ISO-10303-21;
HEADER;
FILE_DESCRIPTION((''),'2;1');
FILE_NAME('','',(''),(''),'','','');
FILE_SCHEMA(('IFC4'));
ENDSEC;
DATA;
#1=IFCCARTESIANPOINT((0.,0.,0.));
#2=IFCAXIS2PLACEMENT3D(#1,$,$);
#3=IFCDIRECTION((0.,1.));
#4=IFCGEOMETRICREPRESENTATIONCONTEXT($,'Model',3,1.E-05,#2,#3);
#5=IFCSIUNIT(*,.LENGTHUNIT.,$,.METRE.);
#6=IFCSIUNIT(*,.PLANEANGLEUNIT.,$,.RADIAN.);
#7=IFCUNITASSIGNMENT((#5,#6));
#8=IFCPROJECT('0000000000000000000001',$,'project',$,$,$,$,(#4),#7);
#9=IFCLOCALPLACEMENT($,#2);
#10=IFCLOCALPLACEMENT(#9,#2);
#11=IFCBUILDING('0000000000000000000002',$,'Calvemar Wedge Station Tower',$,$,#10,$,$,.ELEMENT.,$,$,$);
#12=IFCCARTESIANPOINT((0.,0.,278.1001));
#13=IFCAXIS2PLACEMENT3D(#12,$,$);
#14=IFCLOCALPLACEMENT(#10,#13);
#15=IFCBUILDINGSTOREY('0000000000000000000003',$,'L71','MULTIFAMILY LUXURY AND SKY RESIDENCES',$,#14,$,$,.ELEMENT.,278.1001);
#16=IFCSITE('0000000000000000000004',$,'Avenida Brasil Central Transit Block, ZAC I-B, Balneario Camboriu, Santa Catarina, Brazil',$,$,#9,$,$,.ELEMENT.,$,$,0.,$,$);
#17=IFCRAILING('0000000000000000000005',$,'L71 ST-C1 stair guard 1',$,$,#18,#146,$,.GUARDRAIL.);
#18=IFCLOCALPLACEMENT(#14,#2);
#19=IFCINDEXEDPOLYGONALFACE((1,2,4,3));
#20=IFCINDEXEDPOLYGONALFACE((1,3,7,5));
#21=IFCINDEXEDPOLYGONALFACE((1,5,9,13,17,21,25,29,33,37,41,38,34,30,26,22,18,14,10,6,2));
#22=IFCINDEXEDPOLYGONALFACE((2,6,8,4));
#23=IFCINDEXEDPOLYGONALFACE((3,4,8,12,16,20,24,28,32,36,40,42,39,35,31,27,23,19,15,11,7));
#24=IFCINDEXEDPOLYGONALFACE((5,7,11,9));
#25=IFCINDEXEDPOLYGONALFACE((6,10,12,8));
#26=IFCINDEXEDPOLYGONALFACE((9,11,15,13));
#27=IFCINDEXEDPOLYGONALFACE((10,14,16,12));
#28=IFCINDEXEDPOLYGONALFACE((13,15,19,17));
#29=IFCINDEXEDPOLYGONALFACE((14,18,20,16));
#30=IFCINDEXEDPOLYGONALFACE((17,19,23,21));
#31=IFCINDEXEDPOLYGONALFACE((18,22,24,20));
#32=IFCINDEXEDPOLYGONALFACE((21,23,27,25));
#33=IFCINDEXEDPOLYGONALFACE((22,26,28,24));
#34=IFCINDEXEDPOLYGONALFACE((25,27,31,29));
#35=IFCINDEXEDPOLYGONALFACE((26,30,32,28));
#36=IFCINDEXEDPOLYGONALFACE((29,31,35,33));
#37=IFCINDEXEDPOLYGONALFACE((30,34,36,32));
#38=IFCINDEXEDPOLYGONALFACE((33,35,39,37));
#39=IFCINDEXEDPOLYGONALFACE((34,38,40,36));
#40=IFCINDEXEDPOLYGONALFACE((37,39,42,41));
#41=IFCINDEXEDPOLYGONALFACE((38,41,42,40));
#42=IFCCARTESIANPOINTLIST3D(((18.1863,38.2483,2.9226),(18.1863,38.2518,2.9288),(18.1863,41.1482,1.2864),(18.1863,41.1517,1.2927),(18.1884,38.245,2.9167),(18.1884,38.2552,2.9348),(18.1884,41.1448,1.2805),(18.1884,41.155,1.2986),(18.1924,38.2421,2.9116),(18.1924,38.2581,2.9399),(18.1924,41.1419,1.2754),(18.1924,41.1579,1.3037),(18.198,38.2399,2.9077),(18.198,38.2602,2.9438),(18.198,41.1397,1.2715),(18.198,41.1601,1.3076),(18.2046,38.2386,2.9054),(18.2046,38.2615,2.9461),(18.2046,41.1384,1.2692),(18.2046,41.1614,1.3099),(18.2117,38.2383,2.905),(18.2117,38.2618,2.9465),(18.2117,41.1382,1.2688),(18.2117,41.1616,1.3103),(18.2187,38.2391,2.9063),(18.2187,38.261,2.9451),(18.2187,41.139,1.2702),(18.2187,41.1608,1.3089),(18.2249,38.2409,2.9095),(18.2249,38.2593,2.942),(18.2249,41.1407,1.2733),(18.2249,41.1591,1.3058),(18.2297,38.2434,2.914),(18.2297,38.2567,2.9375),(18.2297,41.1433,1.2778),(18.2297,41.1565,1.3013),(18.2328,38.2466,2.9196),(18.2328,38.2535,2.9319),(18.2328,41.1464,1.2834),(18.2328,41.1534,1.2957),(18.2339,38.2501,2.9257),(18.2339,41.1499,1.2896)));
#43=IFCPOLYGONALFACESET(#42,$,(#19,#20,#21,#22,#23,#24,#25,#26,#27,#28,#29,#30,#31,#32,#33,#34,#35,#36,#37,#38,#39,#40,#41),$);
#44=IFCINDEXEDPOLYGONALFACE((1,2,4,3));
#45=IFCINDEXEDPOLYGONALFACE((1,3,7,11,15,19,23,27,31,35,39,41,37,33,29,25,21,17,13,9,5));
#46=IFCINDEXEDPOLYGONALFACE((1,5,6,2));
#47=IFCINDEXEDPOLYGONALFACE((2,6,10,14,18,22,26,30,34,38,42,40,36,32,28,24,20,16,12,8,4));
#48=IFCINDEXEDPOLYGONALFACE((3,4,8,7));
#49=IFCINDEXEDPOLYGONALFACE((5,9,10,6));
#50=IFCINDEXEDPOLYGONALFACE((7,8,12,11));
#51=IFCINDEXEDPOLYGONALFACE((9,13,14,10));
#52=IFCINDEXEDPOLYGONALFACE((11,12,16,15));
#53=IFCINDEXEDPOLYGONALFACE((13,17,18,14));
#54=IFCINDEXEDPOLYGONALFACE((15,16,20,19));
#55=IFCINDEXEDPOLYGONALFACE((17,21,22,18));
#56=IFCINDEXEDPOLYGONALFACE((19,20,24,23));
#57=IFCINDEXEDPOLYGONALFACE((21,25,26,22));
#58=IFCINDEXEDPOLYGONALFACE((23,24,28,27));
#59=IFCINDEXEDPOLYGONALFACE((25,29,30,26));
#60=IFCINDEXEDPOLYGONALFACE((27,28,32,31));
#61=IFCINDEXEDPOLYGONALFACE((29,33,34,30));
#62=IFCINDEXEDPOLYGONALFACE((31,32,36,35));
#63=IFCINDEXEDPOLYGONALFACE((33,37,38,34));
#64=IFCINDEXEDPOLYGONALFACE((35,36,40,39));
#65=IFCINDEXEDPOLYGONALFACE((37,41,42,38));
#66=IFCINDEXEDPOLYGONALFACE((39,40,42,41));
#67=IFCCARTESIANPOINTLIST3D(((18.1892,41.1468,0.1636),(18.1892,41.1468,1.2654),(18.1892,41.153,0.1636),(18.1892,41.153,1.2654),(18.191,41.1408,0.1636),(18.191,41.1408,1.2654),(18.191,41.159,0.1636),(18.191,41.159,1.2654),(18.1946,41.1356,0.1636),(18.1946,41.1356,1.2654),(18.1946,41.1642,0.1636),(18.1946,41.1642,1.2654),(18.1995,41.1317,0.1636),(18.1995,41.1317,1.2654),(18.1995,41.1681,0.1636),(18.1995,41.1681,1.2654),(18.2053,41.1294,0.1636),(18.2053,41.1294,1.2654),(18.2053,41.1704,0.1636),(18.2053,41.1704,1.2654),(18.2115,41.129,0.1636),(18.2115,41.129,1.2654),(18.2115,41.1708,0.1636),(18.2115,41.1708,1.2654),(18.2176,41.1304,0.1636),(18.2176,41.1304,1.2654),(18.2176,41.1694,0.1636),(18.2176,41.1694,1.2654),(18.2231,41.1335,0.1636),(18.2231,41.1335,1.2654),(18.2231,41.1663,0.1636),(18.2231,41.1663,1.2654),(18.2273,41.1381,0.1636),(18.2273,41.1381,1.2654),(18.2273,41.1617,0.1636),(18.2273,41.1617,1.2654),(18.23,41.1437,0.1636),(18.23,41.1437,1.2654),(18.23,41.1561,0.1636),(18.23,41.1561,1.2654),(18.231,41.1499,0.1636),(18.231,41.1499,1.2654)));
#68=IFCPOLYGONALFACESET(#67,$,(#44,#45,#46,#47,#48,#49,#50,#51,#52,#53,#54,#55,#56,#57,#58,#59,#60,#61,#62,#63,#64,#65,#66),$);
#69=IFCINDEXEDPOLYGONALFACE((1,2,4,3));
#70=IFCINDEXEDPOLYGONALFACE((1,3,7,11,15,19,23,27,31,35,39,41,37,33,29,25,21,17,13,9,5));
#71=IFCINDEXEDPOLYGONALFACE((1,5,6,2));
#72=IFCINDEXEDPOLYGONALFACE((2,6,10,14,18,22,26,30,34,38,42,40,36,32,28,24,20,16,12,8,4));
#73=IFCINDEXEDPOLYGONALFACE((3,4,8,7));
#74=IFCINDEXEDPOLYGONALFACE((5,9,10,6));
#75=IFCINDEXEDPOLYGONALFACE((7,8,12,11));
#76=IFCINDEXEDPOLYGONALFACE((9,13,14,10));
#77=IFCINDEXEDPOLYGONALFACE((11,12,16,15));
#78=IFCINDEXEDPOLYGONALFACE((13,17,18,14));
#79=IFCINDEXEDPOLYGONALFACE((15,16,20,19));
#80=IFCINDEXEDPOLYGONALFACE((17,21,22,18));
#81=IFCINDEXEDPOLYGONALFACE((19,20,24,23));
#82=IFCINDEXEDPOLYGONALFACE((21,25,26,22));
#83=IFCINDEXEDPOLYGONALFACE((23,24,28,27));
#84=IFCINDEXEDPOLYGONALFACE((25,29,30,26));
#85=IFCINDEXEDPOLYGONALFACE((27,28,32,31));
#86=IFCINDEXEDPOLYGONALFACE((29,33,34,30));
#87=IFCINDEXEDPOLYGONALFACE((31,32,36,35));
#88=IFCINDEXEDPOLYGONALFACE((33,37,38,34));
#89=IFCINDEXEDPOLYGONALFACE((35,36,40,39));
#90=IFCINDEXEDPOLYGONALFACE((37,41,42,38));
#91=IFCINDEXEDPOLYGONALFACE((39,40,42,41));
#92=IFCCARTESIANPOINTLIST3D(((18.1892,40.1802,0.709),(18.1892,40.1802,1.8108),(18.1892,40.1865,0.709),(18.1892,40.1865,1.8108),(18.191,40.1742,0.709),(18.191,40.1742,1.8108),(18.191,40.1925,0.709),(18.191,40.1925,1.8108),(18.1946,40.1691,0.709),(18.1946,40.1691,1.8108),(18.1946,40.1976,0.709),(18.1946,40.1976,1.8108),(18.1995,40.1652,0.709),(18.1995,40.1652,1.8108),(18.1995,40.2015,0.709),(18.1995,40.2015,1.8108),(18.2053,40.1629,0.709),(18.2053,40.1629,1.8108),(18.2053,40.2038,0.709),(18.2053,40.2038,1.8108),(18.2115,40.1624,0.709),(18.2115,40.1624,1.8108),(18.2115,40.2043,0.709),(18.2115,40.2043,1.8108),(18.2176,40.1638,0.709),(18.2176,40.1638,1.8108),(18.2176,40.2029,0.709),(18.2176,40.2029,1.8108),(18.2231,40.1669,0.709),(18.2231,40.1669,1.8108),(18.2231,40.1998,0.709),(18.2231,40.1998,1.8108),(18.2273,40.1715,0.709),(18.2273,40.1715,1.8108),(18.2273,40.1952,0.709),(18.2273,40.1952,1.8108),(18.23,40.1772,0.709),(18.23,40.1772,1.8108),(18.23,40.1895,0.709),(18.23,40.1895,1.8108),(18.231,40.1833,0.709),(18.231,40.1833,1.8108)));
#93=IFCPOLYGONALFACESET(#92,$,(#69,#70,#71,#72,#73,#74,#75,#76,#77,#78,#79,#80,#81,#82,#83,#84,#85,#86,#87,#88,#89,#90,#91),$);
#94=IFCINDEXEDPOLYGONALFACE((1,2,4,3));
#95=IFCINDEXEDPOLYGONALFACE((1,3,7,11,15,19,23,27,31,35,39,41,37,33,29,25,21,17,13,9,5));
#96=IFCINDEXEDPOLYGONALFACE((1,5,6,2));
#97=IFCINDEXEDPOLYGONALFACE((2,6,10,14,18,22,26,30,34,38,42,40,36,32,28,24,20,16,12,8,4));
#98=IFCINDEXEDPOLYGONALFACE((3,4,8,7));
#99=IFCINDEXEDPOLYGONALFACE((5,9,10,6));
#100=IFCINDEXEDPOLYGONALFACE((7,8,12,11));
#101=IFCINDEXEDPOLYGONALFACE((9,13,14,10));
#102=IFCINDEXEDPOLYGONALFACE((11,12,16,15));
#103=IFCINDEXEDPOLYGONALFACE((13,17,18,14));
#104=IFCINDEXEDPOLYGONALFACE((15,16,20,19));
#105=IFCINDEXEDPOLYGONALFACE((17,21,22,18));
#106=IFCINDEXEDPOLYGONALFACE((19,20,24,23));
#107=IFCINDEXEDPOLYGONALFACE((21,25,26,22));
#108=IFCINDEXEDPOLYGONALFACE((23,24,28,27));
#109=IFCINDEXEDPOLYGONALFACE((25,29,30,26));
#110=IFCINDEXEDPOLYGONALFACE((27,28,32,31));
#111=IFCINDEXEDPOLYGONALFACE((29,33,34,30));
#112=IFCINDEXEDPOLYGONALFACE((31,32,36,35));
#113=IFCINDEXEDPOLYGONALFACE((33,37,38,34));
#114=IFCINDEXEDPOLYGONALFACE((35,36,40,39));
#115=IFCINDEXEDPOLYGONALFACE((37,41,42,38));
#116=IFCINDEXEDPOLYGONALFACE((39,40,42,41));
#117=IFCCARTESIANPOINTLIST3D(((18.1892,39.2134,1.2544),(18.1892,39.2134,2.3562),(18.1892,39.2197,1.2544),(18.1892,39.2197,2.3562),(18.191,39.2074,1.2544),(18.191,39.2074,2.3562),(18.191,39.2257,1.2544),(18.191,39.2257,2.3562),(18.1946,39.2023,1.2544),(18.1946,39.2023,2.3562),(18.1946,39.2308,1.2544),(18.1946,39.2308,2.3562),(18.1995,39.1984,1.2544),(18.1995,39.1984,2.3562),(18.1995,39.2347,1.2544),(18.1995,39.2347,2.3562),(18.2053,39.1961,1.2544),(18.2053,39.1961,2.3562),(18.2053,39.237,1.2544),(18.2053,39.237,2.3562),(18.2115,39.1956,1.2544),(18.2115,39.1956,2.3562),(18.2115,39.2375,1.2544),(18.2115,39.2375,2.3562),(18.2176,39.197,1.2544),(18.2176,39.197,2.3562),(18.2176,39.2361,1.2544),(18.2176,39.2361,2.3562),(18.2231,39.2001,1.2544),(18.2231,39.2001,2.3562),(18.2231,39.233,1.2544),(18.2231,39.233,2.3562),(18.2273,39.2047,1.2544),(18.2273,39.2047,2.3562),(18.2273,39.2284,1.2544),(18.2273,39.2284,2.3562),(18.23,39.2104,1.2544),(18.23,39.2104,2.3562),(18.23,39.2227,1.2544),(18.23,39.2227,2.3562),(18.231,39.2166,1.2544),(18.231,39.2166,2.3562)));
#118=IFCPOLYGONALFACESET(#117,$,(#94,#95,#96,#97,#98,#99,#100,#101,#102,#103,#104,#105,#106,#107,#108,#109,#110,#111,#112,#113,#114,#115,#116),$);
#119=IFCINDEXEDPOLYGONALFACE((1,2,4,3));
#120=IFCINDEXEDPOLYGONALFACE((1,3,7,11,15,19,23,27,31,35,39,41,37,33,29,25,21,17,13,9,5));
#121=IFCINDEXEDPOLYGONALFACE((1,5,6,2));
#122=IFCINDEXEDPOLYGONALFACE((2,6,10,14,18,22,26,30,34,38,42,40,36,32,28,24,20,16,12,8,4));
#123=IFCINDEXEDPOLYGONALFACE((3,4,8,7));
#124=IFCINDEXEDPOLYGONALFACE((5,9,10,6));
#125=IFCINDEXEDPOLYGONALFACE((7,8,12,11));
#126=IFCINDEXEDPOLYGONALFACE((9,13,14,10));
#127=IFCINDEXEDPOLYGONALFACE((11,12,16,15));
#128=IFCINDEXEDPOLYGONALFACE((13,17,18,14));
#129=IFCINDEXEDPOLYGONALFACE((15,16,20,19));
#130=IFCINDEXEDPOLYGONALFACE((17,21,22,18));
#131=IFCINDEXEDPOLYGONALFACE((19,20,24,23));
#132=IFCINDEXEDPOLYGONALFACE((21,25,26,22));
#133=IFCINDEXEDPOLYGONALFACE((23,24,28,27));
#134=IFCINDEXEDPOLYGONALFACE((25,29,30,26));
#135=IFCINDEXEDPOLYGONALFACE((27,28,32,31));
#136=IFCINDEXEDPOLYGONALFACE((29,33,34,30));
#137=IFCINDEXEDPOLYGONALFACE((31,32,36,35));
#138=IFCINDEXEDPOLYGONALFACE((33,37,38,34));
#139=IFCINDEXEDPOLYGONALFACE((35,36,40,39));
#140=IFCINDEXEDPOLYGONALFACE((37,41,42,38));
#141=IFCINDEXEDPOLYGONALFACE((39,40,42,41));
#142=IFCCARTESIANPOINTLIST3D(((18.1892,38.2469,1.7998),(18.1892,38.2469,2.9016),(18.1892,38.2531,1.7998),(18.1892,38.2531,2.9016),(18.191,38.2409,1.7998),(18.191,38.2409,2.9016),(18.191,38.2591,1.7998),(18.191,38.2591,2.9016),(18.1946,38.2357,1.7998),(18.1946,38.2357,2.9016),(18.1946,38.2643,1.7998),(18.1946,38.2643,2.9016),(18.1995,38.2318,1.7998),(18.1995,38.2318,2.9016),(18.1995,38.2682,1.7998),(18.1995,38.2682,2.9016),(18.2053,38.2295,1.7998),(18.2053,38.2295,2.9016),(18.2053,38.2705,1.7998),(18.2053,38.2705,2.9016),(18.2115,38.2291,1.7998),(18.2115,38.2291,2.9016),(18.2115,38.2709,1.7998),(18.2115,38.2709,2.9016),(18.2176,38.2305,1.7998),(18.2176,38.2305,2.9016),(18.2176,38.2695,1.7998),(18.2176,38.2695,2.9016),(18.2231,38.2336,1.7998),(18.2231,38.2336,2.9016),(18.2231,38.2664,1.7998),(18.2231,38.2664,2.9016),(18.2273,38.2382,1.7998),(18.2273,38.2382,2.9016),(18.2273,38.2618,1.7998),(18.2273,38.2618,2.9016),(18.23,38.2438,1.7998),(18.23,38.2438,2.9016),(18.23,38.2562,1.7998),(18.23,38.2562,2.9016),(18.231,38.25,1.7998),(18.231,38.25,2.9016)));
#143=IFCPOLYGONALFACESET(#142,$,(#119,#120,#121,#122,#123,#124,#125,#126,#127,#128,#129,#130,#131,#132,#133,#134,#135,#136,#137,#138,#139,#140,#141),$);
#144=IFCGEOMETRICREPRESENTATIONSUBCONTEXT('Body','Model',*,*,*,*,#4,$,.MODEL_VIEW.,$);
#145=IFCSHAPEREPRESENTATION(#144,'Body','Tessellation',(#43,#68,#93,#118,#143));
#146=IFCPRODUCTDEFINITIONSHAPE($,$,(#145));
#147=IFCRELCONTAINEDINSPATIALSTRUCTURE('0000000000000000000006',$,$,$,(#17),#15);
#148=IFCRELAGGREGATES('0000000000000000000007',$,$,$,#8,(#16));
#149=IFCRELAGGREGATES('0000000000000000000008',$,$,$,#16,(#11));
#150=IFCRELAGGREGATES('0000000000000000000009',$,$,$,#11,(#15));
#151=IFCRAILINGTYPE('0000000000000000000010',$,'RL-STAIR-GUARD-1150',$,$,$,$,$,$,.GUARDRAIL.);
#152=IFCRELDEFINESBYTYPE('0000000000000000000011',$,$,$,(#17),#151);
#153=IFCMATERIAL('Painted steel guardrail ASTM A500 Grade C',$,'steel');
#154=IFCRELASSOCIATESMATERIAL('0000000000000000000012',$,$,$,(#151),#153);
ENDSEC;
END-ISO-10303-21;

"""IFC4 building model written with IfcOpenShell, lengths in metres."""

from ifc_helpers import new_model, si_unit, direction, frame, origin, origin_2d, place, context, subcontext, project, spatial, circle, extrude, material, type_object, element, save


model = new_model("IFC4")

# Units and contexts
model_context = context("Model", 3, precision=1e-05, world=origin(), true_north=direction((0.0, 1.0)))
body_context = subcontext(model_context, "Body", "Model", "MODEL_VIEW")
ifc_project = project(units=[si_unit("LENGTHUNIT", "METRE"), si_unit("PLANEANGLEUNIT", "RADIAN")], contexts=[model_context])

# Site, building, storey
site_placement = place(None, origin())
site = spatial("IfcSite", under=ifc_project, at=site_placement, Name="Avenida Brasil Central Transit Block, ZAC I-B, Balneario Camboriu, Santa Catarina, Brazil", CompositionType="ELEMENT", RefElevation=0.0)
building_placement = place(site_placement, origin())
building = spatial("IfcBuilding", under=site, at=building_placement, Name="Calvemar Wedge Station Tower", CompositionType="ELEMENT")
storey_placement = place(building_placement, frame((0.0, 0.0, 278.1001)))
storey = spatial("IfcBuildingStorey", under=building, at=storey_placement, Name="L71", Description="MULTIFAMILY LUXURY AND SKY RESIDENCES", CompositionType="ELEMENT", Elevation=278.1001)

# Railing
ifc_material_1 = material(Name="Painted steel guardrail ASTM A500 Grade C", Category="steel")
railing_type_1 = type_object("IfcRailingType", Name="RL-STAIR-GUARD-1150", PredefinedType="GUARDRAIL", material=ifc_material_1)
railing_1_placement = place(storey_placement, frame((18.21, 41.1499, 0.1636)))
element("IfcRailing", 1, at=railing_1_placement, inside=storey, type_object=railing_type_1, Name="L71 ST-C1 stair guard 1", PredefinedType="GUARDRAIL", context=body_context, shape_type="SweptSolid", body=[
    extrude(circle(Radius=0.0239, at=origin_2d()), frame((0.0, 0.0, 1.126), z_axis=(0.0, -0.870929, 0.49141), x_axis=(1.0, 0.0, 0.0)), (0.0, 0.0, 1.0), 3.3296),
    extrude(circle(Radius=0.021, at=origin_2d()), origin(), (0.0, 0.0, 1.0), 1.1018),
    extrude(circle(Radius=0.021, at=origin_2d()), frame((0.0, -0.9666, 0.5454)), (0.0, 0.0, 1.0), 1.1018),
    extrude(circle(Radius=0.021, at=origin_2d()), frame((0.0, -1.9333, 1.0908)), (0.0, 0.0, 1.0), 1.1018),
    extrude(circle(Radius=0.021, at=origin_2d()), frame((0.0, -2.8999, 1.6362)), (0.0, 0.0, 1.0), 1.1018),
])

save(model, "model.ifc")
